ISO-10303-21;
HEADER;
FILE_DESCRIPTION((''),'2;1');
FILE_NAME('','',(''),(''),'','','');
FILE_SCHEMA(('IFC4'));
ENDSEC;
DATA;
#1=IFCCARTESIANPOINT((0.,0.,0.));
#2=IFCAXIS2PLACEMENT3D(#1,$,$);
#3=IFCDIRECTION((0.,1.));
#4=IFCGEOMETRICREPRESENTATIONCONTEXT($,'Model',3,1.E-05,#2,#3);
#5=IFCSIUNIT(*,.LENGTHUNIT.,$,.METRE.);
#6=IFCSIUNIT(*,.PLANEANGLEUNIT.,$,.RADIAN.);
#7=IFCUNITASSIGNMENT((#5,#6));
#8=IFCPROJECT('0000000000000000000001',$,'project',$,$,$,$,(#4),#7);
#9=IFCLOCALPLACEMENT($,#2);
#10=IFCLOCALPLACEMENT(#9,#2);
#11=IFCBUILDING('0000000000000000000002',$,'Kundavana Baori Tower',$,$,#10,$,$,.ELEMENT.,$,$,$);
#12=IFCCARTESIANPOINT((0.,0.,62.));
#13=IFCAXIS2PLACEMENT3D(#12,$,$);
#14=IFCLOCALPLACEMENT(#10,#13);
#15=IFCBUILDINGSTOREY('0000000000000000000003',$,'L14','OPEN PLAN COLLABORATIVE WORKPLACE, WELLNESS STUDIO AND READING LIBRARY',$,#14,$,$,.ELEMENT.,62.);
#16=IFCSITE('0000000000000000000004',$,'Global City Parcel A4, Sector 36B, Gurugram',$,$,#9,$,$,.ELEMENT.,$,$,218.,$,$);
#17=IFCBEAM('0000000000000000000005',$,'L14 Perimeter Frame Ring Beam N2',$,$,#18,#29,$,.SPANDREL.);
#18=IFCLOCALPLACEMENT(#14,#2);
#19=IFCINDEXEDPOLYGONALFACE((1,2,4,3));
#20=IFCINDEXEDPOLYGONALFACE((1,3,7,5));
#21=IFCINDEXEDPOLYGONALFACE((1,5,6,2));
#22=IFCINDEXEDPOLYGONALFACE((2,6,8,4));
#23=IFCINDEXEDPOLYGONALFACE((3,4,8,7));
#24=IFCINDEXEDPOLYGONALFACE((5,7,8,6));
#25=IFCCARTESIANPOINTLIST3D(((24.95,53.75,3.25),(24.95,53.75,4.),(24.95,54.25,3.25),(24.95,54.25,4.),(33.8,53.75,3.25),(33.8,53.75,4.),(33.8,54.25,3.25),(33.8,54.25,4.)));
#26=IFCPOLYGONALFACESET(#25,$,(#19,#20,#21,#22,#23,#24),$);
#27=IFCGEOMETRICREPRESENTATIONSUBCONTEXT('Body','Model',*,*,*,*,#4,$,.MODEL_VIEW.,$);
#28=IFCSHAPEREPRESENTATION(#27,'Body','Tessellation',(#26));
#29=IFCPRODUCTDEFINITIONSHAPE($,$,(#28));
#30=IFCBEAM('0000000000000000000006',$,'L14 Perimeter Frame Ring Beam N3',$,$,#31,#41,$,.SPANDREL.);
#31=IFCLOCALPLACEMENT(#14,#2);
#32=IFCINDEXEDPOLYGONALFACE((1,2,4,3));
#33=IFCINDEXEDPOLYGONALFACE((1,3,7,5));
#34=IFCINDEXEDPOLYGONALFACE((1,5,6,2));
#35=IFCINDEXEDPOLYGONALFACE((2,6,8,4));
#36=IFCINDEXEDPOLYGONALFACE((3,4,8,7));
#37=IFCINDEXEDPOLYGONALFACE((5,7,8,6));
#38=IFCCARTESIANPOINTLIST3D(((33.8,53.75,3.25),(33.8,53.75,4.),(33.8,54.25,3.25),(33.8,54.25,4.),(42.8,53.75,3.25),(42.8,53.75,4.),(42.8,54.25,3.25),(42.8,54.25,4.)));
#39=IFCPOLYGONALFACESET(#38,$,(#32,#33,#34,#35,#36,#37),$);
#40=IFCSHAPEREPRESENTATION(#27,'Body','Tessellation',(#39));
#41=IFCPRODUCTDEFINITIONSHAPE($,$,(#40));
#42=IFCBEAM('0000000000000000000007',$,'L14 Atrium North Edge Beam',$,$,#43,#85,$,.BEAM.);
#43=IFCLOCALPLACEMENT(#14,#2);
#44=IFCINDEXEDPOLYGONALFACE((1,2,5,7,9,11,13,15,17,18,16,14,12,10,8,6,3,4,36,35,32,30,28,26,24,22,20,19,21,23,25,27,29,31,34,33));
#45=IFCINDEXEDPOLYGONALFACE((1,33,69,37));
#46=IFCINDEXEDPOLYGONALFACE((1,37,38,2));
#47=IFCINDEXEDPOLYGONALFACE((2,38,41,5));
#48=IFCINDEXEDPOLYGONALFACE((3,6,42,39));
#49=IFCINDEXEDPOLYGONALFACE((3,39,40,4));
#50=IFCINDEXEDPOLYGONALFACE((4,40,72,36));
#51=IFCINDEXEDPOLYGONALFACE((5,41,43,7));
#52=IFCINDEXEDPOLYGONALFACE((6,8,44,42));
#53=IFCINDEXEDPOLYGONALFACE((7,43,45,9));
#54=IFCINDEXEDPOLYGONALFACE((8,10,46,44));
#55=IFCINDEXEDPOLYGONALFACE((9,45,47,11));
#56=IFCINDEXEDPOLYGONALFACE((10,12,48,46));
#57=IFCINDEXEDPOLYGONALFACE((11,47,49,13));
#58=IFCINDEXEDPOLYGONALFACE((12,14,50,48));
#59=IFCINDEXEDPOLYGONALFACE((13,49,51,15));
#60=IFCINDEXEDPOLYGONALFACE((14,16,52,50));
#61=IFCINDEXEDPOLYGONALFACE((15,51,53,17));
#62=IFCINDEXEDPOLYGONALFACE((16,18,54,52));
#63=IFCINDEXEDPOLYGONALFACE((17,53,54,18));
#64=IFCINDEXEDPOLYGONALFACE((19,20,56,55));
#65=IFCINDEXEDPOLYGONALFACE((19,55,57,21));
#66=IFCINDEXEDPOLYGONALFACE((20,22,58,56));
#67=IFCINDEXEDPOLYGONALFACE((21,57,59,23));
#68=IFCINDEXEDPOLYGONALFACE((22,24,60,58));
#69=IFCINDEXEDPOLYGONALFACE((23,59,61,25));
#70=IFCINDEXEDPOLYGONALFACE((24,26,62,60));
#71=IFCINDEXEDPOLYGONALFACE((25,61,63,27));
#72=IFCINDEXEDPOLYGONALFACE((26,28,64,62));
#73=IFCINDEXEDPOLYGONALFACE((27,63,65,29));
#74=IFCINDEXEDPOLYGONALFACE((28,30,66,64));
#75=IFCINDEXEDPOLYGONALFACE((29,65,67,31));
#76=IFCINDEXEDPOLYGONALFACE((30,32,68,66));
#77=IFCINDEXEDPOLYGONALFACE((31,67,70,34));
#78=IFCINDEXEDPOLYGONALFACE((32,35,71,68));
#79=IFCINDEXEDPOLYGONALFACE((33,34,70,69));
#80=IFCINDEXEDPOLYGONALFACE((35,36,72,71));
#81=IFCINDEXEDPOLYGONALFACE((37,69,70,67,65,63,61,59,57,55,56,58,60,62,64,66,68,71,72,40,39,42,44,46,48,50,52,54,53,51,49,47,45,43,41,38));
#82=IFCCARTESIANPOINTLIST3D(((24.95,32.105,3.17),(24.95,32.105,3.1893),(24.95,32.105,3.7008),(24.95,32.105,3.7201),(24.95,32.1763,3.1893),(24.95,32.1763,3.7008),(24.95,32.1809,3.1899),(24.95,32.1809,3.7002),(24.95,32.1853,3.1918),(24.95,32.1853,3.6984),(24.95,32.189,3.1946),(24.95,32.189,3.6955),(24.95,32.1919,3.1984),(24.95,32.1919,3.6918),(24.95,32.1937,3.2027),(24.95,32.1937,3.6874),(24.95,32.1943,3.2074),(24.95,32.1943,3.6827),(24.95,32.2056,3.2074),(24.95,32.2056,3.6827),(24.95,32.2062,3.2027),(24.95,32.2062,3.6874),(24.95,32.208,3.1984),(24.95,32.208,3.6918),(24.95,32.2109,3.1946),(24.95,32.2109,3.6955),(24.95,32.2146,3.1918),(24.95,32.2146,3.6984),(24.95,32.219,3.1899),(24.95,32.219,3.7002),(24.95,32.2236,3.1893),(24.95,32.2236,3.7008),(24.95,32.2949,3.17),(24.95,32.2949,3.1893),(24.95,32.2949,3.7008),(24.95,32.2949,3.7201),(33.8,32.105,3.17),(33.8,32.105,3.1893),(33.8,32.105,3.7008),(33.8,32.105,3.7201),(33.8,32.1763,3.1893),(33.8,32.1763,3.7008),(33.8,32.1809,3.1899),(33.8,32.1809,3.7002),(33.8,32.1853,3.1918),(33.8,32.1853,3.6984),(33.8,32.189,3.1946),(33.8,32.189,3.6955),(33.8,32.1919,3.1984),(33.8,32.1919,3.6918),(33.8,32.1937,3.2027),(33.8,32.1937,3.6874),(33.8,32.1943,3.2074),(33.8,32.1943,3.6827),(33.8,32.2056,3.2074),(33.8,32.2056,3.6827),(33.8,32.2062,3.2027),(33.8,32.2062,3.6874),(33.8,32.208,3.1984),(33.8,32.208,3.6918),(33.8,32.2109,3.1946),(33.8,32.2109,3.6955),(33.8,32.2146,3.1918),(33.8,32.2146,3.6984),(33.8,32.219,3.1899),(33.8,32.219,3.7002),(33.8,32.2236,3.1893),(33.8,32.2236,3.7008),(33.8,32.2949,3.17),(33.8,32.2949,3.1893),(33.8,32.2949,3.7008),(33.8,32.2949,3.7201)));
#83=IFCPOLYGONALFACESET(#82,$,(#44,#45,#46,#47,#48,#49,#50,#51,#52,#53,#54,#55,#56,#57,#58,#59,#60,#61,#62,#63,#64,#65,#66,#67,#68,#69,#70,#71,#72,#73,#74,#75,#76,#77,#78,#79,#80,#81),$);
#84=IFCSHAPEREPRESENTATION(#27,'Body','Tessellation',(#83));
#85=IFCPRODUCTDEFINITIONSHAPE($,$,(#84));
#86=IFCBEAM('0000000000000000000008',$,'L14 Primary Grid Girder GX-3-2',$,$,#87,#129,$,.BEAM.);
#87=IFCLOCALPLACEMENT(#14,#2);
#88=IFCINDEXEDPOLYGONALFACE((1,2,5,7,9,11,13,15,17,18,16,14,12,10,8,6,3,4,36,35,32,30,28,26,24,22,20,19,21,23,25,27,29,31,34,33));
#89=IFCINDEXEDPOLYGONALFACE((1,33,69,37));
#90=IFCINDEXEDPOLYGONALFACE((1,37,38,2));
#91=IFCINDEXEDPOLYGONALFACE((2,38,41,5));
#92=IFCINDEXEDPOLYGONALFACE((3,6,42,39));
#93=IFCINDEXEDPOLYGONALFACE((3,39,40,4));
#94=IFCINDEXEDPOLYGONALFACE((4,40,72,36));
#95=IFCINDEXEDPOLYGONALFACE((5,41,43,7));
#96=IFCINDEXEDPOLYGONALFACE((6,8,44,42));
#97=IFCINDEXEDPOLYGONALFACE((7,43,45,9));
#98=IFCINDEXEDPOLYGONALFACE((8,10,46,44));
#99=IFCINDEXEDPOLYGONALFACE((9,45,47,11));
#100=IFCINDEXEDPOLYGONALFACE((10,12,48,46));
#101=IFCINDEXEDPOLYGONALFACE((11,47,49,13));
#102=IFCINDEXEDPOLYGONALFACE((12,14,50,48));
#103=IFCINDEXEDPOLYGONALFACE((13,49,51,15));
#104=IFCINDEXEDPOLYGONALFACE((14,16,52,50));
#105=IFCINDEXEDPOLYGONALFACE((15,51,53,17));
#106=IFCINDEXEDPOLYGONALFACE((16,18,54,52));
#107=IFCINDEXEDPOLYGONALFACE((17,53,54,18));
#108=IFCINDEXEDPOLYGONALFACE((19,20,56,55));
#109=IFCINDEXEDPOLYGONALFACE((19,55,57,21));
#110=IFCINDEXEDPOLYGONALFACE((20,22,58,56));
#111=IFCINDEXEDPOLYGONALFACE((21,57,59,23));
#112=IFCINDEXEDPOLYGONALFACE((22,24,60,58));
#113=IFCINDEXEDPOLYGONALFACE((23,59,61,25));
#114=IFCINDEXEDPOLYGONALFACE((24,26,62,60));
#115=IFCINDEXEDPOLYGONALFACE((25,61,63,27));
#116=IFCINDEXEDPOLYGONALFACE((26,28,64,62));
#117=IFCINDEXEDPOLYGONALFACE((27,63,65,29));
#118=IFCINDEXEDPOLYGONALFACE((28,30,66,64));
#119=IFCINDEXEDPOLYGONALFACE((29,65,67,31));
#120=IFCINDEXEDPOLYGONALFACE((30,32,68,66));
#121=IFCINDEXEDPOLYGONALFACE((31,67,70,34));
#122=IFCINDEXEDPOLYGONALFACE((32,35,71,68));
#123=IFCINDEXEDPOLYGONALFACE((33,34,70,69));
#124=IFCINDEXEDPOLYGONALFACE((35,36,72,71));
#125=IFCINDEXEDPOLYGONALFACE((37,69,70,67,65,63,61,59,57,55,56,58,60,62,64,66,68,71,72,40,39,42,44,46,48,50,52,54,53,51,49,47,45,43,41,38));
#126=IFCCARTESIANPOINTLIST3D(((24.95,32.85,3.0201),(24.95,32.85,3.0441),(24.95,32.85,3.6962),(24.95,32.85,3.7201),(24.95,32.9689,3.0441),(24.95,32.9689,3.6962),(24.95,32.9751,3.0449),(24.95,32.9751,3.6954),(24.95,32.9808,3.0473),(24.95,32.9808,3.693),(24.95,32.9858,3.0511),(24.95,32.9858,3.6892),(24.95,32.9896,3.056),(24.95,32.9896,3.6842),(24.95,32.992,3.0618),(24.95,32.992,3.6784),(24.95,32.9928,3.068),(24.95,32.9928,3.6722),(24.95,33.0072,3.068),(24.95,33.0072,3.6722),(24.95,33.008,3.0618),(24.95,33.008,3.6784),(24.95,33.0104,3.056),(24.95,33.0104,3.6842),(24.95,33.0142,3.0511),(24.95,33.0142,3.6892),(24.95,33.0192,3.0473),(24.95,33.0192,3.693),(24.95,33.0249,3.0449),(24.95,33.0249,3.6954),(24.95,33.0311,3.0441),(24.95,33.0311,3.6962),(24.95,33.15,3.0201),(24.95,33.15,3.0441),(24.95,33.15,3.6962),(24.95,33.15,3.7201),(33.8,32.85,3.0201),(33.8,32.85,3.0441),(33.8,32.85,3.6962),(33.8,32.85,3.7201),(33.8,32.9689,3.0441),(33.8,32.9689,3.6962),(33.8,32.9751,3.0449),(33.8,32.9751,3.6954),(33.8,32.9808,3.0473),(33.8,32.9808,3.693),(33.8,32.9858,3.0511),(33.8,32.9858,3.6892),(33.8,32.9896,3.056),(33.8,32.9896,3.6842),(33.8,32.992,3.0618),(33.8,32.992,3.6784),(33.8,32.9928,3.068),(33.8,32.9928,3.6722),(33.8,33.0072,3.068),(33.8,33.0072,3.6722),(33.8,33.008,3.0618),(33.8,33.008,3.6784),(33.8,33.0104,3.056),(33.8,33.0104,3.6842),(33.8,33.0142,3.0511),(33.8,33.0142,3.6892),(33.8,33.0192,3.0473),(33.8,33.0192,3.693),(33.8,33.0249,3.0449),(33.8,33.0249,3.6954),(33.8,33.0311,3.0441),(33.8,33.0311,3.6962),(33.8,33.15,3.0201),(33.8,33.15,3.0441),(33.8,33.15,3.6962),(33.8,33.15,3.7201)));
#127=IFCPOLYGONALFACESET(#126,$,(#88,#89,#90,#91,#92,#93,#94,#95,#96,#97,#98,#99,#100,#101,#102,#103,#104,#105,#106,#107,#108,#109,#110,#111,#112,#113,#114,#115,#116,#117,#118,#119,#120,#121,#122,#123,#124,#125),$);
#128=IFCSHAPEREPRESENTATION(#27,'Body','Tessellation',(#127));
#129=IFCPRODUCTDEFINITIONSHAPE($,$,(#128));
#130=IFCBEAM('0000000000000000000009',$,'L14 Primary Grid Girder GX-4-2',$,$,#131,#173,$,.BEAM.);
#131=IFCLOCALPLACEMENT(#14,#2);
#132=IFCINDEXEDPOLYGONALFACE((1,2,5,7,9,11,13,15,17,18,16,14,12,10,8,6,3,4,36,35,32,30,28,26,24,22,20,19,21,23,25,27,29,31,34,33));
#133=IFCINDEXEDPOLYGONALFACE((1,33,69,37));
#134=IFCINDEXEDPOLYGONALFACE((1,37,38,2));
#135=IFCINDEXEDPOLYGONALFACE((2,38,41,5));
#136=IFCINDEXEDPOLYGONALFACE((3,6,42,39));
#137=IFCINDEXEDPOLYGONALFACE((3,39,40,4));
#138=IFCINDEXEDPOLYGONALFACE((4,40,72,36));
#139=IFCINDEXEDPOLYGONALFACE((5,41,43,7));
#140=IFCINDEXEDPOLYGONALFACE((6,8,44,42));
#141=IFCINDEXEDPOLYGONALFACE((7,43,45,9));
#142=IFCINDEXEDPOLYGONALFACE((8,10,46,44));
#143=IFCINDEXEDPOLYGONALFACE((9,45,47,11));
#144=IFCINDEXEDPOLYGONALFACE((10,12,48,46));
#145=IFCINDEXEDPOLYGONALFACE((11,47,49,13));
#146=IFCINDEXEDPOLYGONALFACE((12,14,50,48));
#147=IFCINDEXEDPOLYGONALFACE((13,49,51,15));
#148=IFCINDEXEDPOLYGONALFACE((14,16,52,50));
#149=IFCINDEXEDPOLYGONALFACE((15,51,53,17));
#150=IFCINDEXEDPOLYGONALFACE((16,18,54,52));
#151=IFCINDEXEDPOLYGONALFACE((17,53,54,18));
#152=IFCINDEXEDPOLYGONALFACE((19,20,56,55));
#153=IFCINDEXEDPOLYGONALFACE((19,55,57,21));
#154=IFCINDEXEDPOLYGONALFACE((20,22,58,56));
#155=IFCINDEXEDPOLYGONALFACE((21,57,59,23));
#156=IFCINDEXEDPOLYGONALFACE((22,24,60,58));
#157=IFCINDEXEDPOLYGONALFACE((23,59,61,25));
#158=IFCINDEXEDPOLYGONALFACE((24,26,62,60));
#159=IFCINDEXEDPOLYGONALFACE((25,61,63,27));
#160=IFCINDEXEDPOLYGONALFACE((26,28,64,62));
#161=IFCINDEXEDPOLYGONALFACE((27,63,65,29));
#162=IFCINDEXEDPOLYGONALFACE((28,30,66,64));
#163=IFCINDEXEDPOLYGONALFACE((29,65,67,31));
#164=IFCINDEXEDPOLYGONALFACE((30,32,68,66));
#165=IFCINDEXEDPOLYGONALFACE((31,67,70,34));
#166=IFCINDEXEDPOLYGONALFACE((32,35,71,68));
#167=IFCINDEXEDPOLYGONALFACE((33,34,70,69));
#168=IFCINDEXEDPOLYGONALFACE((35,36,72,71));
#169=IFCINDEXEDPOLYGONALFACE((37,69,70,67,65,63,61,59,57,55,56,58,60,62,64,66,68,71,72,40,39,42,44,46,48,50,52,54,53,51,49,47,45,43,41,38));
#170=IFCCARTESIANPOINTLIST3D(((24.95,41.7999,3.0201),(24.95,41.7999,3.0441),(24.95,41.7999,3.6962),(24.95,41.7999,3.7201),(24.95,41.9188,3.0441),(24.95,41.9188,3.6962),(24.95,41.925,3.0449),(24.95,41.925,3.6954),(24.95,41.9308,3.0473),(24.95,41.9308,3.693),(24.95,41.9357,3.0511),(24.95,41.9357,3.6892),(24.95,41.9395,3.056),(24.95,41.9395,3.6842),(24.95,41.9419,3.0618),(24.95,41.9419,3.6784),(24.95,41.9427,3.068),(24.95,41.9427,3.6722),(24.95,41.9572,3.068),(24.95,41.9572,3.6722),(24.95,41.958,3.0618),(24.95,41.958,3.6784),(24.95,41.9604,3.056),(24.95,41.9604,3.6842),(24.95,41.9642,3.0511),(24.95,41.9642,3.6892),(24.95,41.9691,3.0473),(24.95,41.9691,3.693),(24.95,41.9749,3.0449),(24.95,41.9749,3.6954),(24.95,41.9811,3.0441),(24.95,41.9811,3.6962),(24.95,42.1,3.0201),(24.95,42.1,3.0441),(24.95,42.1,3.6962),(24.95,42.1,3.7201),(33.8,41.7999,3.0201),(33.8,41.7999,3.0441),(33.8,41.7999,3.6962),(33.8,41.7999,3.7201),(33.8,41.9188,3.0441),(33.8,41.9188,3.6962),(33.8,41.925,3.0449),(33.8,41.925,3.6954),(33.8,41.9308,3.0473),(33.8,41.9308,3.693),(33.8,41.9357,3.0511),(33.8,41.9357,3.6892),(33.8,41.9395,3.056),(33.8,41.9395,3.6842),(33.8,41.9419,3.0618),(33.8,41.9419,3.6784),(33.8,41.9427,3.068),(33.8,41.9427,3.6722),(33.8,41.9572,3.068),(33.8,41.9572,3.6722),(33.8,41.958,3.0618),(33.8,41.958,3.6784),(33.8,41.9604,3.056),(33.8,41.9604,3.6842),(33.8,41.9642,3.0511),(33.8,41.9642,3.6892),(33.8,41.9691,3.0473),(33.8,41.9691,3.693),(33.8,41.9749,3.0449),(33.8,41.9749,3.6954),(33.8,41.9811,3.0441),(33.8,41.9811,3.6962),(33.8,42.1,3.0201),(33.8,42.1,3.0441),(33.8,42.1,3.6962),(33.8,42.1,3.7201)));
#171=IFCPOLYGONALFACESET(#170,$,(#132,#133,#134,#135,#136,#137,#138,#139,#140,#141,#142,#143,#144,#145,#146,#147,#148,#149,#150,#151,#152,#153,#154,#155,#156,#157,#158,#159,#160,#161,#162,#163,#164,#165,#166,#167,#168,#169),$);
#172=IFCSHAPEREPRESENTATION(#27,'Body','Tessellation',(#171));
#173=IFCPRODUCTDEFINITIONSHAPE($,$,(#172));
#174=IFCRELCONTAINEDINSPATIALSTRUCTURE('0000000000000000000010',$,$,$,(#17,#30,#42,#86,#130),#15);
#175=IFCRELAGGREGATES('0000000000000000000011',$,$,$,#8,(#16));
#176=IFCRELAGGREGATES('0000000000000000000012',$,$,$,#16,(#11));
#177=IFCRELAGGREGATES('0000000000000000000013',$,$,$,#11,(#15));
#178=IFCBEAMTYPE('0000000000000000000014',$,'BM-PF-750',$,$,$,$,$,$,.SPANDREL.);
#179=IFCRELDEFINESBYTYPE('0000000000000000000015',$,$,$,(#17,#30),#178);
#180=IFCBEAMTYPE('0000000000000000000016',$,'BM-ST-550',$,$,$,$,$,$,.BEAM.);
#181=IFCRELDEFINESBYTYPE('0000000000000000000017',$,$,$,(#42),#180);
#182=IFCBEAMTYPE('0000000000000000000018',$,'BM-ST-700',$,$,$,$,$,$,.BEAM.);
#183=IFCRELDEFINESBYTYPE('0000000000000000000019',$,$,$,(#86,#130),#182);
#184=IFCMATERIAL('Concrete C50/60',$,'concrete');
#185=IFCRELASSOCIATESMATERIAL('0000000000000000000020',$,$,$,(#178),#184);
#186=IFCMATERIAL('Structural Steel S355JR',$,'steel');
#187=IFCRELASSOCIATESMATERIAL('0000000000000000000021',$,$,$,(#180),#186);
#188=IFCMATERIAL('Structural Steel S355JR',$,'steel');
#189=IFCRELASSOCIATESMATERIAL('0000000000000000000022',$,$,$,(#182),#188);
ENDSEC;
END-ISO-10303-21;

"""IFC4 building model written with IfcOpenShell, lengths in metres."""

from ifc_helpers import new_model, si_unit, direction, frame, origin, origin_2d, place, context, subcontext, project, spatial, rectangle, i_section, extrude, material, material_profile, profile_set, type_object, element, save


model = new_model("IFC4")

# Units and contexts
model_context = context("Model", 3, precision=1e-05, world=origin(), true_north=direction((0.0, 1.0)))
body_context = subcontext(model_context, "Body", "Model", "MODEL_VIEW")
ifc_project = project(units=[si_unit("LENGTHUNIT", "METRE"), si_unit("PLANEANGLEUNIT", "RADIAN")], contexts=[model_context])

# Site, building, storey
site_placement = place(None, origin())
site = spatial("IfcSite", under=ifc_project, at=site_placement, Name="Global City Parcel A4, Sector 36B, Gurugram", CompositionType="ELEMENT", RefElevation=218.0)
building_placement = place(site_placement, origin())
building = spatial("IfcBuilding", under=site, at=building_placement, Name="Kundavana Baori Tower", CompositionType="ELEMENT")
storey_placement = place(building_placement, frame((0.0, 0.0, 62.0)))
storey = spatial("IfcBuildingStorey", under=building, at=storey_placement, Name="L14", Description="OPEN PLAN COLLABORATIVE WORKPLACE, WELLNESS STUDIO AND READING LIBRARY", CompositionType="ELEMENT", Elevation=62.0)

# Beams
ifc_material_1 = material(Name="Concrete C50/60", Category="concrete")
ifc_material_profile_1 = material_profile(ifc_material_1, rectangle(XDim=0.5, YDim=0.75, at=origin_2d()), Name="RC BM 500x750")
ifc_profile_set_1 = profile_set([ifc_material_profile_1], Name="Concrete C50/60")
beam_type_1 = type_object("IfcBeamType", Name="BM-PF-750", PredefinedType="SPANDREL", material=ifc_profile_set_1)
beam_1_placement = place(storey_placement, frame((24.95, 54.0, 3.625), z_axis=(1.0, 0.0, 0.0), x_axis=(0.0, 1.0, 0.0)))
element("IfcBeam", 1, at=beam_1_placement, inside=storey, type_object=beam_type_1, Name="L14 Perimeter Frame Ring Beam N2", PredefinedType="SPANDREL", context=body_context, shape_type="SweptSolid", body=[
    extrude(rectangle(XDim=0.5, YDim=0.75, at=origin_2d()), origin(), (0.0, 0.0, 1.0), 8.8501),
])
beam_2_placement = place(storey_placement, frame((33.8, 54.0, 3.625), z_axis=(1.0, 0.0, 0.0), x_axis=(0.0, 1.0, 0.0)))
element("IfcBeam", 2, at=beam_2_placement, inside=storey, type_object=beam_type_1, Name="L14 Perimeter Frame Ring Beam N3", PredefinedType="SPANDREL", context=body_context, shape_type="SweptSolid", body=[
    extrude(rectangle(XDim=0.5, YDim=0.75, at=origin_2d()), origin(), (0.0, 0.0, 1.0), 9.0),
])
ifc_material_2 = material(Name="Structural Steel S355JR", Category="steel")
ifc_material_profile_2 = material_profile(ifc_material_2, i_section(OverallWidth=0.1899, OverallDepth=0.55, WebThickness=0.0112, FlangeThickness=0.0193, FilletRadius=0.0181, at=origin_2d()), Name="ISMB 550")
ifc_profile_set_2 = profile_set([ifc_material_profile_2], Name="Structural Steel S355JR")
beam_type_2 = type_object("IfcBeamType", Name="BM-ST-550", PredefinedType="BEAM", material=ifc_profile_set_2)
beam_3_placement = place(storey_placement, frame((24.95, 32.2, 3.4451), z_axis=(1.0, 0.0, 0.0), x_axis=(0.0, 1.0, 0.0)))
element("IfcBeam", 3, at=beam_3_placement, inside=storey, type_object=beam_type_2, Name="L14 Atrium North Edge Beam", PredefinedType="BEAM", context=body_context, shape_type="SweptSolid", body=[
    extrude(i_section(OverallWidth=0.1899, OverallDepth=0.55, WebThickness=0.0112, FlangeThickness=0.0193, FilletRadius=0.0181, at=origin_2d()), origin(), (0.0, 0.0, 1.0), 8.8501),
])
ifc_material_3 = material(Name="Structural Steel S355JR", Category="steel")
ifc_material_profile_3 = material_profile(ifc_material_3, i_section(OverallWidth=0.3, OverallDepth=0.7, WebThickness=0.0144, FlangeThickness=0.0239, FilletRadius=0.0239, at=origin_2d()), Name="NPB 700x300x170")
ifc_profile_set_3 = profile_set([ifc_material_profile_3], Name="Structural Steel S355JR")
beam_type_3 = type_object("IfcBeamType", Name="BM-ST-700", PredefinedType="BEAM", material=ifc_profile_set_3)
for number, where, z_axis, x_axis, name in (
    (4, (24.95, 33.0, 3.3701), (1.0, 0.0, 0.0), (0.0, 1.0, 0.0), "L14 Primary Grid Girder GX-3-2"),
    (5, (24.95, 41.95, 3.3701), (1.0, 0.0, 0.0), (0.0, 1.0, 0.0), "L14 Primary Grid Girder GX-4-2"),
):
    element("IfcBeam", number, at=place(storey_placement, frame(where, z_axis=z_axis, x_axis=x_axis)), inside=storey, type_object=beam_type_3, Name=name, PredefinedType="BEAM", context=body_context, shape_type="SweptSolid", body=[
        extrude(i_section(OverallWidth=0.3, OverallDepth=0.7, WebThickness=0.0144, FlangeThickness=0.0239, FilletRadius=0.0239, at=origin_2d()), origin(), (0.0, 0.0, 1.0), 8.8501),
    ])

save(model, "model.ifc")
